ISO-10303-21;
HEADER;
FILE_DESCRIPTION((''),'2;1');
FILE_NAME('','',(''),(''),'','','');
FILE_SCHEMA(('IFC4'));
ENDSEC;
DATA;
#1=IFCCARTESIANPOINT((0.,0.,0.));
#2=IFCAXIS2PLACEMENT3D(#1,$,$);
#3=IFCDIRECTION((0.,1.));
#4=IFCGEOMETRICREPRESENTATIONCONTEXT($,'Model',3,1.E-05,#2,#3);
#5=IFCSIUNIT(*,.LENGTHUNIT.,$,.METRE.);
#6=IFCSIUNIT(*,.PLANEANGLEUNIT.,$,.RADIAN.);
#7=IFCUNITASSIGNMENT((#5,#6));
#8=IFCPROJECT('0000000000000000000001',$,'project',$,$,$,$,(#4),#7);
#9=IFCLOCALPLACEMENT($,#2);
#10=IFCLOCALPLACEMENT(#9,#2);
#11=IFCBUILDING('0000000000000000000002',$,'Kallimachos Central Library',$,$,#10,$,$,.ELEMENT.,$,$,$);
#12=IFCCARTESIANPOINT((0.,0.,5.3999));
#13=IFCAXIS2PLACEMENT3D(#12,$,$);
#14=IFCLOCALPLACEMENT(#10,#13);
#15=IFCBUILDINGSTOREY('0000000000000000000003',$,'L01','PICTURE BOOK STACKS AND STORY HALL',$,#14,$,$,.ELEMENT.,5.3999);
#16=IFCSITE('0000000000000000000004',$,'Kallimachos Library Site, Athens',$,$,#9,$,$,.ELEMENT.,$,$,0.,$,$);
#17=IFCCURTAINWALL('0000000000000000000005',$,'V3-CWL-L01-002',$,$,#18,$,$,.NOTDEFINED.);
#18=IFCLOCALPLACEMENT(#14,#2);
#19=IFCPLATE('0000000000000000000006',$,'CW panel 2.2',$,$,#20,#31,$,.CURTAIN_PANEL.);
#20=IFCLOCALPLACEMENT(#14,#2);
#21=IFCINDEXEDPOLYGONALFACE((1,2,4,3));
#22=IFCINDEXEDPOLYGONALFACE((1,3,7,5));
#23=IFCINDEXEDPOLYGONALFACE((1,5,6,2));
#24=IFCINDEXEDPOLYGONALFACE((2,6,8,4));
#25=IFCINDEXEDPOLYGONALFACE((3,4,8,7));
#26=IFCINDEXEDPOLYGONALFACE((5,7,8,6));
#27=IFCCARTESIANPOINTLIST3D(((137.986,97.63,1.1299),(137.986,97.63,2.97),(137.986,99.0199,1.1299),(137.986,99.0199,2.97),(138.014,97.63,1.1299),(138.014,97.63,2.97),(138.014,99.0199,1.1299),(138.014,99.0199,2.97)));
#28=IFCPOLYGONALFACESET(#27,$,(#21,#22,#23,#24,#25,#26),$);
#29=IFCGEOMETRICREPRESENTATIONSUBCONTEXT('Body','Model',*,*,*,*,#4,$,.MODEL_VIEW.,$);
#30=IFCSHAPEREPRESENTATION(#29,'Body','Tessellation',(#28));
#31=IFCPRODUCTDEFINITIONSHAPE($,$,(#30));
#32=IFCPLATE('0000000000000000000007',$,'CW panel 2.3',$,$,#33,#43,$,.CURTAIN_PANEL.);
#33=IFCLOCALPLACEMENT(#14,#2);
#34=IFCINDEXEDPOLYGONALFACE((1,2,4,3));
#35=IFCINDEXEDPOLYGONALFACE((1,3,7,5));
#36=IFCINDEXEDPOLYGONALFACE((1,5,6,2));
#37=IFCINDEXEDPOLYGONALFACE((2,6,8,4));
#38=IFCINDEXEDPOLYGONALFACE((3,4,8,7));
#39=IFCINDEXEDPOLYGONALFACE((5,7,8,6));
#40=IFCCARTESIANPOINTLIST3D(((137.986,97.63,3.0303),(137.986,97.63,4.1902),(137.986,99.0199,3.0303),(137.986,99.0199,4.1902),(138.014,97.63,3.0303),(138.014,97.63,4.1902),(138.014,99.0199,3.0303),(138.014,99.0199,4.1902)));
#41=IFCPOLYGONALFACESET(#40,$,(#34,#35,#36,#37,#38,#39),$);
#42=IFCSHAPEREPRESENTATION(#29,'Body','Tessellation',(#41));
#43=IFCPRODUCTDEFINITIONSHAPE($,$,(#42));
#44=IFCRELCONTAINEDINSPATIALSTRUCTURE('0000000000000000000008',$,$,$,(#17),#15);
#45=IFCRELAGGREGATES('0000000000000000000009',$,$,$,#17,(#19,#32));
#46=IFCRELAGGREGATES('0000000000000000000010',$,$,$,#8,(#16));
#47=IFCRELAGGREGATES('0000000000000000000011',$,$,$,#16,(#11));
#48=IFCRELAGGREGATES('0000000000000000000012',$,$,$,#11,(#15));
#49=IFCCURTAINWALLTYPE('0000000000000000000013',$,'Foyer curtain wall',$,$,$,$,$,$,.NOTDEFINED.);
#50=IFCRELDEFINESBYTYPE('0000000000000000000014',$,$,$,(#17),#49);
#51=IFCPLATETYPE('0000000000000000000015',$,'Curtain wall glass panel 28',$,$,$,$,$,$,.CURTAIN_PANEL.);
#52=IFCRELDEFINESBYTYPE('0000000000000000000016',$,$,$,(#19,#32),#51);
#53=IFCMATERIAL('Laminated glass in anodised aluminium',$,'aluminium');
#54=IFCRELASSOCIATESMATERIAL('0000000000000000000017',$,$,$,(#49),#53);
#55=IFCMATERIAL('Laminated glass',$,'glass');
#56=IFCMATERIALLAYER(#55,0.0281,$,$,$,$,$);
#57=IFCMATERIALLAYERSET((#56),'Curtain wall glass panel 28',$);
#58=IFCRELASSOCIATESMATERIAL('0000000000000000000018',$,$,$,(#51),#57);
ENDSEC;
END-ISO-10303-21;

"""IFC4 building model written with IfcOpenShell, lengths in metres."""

from ifc_helpers import new_model, si_unit, direction, frame, origin, origin_2d, place, context, subcontext, project, spatial, rectangle, extrude, material, layer, layer_set, type_object, element, aggregate, save


model = new_model("IFC4")

# Units and contexts
model_context = context("Model", 3, precision=1e-05, world=origin(), true_north=direction((0.0, 1.0)))
body_context = subcontext(model_context, "Body", "Model", "MODEL_VIEW")
ifc_project = project(units=[si_unit("LENGTHUNIT", "METRE"), si_unit("PLANEANGLEUNIT", "RADIAN")], contexts=[model_context])

# Site, building, storey
site_placement = place(None, origin())
site = spatial("IfcSite", under=ifc_project, at=site_placement, Name="Kallimachos Library Site, Athens", CompositionType="ELEMENT", RefElevation=0.0)
building_placement = place(site_placement, origin())
building = spatial("IfcBuilding", under=site, at=building_placement, Name="Kallimachos Central Library", CompositionType="ELEMENT")
storey_placement = place(building_placement, frame((0.0, 0.0, 5.3999)))
storey = spatial("IfcBuildingStorey", under=building, at=storey_placement, Name="L01", Description="PICTURE BOOK STACKS AND STORY HALL", CompositionType="ELEMENT", Elevation=5.3999)

# Shared definitions
ifc_material_1 = material(Name="Laminated glass in anodised aluminium", Category="aluminium")
curtain_wall_type = type_object("IfcCurtainWallType", Name="Foyer curtain wall", PredefinedType="NOTDEFINED", material=ifc_material_1)

# Curtain wall
curtain_wall_1_placement = place(storey_placement, origin())
curtain_wall_1 = element("IfcCurtainWall", 1, at=curtain_wall_1_placement, inside=storey, type_object=curtain_wall_type, Name="V3-CWL-L01-002", PredefinedType="NOTDEFINED")

# Plates
ifc_material_2 = material(Name="Laminated glass", Category="glass")
ifc_layer = layer(ifc_material_2, 0.0281)
ifc_layer_set = layer_set([ifc_layer], Name="Curtain wall glass panel 28")
plate_type = type_object("IfcPlateType", Name="Curtain wall glass panel 28", PredefinedType="CURTAIN_PANEL", material=ifc_layer_set)
plate_1_placement = place(storey_placement, frame((138.0, 98.325, 1.1299), z_axis=(0.0, 0.0, 1.0), x_axis=(0.0, 1.0, 0.0)))
plate_1 = element("IfcPlate", 2, at=plate_1_placement, type_object=plate_type, Name="CW panel 2.2", PredefinedType="CURTAIN_PANEL", context=body_context, shape_type="SweptSolid", body=[
    extrude(rectangle(XDim=1.3899, YDim=0.0281, at=origin_2d()), origin(), (0.0, 0.0, 1.0), 1.8401),
])
plate_2_placement = place(storey_placement, frame((138.0, 98.325, 3.0303), z_axis=(0.0, 0.0, 1.0), x_axis=(0.0, 1.0, 0.0)))
plate_2 = element("IfcPlate", 3, at=plate_2_placement, type_object=plate_type, Name="CW panel 2.3", PredefinedType="CURTAIN_PANEL", context=body_context, shape_type="SweptSolid", body=[
    extrude(rectangle(XDim=1.3899, YDim=0.0281, at=origin_2d()), origin(), (0.0, 0.0, 1.0), 1.1599),
])
aggregate(curtain_wall_1, [plate_1, plate_2])

save(model, "model.ifc")
